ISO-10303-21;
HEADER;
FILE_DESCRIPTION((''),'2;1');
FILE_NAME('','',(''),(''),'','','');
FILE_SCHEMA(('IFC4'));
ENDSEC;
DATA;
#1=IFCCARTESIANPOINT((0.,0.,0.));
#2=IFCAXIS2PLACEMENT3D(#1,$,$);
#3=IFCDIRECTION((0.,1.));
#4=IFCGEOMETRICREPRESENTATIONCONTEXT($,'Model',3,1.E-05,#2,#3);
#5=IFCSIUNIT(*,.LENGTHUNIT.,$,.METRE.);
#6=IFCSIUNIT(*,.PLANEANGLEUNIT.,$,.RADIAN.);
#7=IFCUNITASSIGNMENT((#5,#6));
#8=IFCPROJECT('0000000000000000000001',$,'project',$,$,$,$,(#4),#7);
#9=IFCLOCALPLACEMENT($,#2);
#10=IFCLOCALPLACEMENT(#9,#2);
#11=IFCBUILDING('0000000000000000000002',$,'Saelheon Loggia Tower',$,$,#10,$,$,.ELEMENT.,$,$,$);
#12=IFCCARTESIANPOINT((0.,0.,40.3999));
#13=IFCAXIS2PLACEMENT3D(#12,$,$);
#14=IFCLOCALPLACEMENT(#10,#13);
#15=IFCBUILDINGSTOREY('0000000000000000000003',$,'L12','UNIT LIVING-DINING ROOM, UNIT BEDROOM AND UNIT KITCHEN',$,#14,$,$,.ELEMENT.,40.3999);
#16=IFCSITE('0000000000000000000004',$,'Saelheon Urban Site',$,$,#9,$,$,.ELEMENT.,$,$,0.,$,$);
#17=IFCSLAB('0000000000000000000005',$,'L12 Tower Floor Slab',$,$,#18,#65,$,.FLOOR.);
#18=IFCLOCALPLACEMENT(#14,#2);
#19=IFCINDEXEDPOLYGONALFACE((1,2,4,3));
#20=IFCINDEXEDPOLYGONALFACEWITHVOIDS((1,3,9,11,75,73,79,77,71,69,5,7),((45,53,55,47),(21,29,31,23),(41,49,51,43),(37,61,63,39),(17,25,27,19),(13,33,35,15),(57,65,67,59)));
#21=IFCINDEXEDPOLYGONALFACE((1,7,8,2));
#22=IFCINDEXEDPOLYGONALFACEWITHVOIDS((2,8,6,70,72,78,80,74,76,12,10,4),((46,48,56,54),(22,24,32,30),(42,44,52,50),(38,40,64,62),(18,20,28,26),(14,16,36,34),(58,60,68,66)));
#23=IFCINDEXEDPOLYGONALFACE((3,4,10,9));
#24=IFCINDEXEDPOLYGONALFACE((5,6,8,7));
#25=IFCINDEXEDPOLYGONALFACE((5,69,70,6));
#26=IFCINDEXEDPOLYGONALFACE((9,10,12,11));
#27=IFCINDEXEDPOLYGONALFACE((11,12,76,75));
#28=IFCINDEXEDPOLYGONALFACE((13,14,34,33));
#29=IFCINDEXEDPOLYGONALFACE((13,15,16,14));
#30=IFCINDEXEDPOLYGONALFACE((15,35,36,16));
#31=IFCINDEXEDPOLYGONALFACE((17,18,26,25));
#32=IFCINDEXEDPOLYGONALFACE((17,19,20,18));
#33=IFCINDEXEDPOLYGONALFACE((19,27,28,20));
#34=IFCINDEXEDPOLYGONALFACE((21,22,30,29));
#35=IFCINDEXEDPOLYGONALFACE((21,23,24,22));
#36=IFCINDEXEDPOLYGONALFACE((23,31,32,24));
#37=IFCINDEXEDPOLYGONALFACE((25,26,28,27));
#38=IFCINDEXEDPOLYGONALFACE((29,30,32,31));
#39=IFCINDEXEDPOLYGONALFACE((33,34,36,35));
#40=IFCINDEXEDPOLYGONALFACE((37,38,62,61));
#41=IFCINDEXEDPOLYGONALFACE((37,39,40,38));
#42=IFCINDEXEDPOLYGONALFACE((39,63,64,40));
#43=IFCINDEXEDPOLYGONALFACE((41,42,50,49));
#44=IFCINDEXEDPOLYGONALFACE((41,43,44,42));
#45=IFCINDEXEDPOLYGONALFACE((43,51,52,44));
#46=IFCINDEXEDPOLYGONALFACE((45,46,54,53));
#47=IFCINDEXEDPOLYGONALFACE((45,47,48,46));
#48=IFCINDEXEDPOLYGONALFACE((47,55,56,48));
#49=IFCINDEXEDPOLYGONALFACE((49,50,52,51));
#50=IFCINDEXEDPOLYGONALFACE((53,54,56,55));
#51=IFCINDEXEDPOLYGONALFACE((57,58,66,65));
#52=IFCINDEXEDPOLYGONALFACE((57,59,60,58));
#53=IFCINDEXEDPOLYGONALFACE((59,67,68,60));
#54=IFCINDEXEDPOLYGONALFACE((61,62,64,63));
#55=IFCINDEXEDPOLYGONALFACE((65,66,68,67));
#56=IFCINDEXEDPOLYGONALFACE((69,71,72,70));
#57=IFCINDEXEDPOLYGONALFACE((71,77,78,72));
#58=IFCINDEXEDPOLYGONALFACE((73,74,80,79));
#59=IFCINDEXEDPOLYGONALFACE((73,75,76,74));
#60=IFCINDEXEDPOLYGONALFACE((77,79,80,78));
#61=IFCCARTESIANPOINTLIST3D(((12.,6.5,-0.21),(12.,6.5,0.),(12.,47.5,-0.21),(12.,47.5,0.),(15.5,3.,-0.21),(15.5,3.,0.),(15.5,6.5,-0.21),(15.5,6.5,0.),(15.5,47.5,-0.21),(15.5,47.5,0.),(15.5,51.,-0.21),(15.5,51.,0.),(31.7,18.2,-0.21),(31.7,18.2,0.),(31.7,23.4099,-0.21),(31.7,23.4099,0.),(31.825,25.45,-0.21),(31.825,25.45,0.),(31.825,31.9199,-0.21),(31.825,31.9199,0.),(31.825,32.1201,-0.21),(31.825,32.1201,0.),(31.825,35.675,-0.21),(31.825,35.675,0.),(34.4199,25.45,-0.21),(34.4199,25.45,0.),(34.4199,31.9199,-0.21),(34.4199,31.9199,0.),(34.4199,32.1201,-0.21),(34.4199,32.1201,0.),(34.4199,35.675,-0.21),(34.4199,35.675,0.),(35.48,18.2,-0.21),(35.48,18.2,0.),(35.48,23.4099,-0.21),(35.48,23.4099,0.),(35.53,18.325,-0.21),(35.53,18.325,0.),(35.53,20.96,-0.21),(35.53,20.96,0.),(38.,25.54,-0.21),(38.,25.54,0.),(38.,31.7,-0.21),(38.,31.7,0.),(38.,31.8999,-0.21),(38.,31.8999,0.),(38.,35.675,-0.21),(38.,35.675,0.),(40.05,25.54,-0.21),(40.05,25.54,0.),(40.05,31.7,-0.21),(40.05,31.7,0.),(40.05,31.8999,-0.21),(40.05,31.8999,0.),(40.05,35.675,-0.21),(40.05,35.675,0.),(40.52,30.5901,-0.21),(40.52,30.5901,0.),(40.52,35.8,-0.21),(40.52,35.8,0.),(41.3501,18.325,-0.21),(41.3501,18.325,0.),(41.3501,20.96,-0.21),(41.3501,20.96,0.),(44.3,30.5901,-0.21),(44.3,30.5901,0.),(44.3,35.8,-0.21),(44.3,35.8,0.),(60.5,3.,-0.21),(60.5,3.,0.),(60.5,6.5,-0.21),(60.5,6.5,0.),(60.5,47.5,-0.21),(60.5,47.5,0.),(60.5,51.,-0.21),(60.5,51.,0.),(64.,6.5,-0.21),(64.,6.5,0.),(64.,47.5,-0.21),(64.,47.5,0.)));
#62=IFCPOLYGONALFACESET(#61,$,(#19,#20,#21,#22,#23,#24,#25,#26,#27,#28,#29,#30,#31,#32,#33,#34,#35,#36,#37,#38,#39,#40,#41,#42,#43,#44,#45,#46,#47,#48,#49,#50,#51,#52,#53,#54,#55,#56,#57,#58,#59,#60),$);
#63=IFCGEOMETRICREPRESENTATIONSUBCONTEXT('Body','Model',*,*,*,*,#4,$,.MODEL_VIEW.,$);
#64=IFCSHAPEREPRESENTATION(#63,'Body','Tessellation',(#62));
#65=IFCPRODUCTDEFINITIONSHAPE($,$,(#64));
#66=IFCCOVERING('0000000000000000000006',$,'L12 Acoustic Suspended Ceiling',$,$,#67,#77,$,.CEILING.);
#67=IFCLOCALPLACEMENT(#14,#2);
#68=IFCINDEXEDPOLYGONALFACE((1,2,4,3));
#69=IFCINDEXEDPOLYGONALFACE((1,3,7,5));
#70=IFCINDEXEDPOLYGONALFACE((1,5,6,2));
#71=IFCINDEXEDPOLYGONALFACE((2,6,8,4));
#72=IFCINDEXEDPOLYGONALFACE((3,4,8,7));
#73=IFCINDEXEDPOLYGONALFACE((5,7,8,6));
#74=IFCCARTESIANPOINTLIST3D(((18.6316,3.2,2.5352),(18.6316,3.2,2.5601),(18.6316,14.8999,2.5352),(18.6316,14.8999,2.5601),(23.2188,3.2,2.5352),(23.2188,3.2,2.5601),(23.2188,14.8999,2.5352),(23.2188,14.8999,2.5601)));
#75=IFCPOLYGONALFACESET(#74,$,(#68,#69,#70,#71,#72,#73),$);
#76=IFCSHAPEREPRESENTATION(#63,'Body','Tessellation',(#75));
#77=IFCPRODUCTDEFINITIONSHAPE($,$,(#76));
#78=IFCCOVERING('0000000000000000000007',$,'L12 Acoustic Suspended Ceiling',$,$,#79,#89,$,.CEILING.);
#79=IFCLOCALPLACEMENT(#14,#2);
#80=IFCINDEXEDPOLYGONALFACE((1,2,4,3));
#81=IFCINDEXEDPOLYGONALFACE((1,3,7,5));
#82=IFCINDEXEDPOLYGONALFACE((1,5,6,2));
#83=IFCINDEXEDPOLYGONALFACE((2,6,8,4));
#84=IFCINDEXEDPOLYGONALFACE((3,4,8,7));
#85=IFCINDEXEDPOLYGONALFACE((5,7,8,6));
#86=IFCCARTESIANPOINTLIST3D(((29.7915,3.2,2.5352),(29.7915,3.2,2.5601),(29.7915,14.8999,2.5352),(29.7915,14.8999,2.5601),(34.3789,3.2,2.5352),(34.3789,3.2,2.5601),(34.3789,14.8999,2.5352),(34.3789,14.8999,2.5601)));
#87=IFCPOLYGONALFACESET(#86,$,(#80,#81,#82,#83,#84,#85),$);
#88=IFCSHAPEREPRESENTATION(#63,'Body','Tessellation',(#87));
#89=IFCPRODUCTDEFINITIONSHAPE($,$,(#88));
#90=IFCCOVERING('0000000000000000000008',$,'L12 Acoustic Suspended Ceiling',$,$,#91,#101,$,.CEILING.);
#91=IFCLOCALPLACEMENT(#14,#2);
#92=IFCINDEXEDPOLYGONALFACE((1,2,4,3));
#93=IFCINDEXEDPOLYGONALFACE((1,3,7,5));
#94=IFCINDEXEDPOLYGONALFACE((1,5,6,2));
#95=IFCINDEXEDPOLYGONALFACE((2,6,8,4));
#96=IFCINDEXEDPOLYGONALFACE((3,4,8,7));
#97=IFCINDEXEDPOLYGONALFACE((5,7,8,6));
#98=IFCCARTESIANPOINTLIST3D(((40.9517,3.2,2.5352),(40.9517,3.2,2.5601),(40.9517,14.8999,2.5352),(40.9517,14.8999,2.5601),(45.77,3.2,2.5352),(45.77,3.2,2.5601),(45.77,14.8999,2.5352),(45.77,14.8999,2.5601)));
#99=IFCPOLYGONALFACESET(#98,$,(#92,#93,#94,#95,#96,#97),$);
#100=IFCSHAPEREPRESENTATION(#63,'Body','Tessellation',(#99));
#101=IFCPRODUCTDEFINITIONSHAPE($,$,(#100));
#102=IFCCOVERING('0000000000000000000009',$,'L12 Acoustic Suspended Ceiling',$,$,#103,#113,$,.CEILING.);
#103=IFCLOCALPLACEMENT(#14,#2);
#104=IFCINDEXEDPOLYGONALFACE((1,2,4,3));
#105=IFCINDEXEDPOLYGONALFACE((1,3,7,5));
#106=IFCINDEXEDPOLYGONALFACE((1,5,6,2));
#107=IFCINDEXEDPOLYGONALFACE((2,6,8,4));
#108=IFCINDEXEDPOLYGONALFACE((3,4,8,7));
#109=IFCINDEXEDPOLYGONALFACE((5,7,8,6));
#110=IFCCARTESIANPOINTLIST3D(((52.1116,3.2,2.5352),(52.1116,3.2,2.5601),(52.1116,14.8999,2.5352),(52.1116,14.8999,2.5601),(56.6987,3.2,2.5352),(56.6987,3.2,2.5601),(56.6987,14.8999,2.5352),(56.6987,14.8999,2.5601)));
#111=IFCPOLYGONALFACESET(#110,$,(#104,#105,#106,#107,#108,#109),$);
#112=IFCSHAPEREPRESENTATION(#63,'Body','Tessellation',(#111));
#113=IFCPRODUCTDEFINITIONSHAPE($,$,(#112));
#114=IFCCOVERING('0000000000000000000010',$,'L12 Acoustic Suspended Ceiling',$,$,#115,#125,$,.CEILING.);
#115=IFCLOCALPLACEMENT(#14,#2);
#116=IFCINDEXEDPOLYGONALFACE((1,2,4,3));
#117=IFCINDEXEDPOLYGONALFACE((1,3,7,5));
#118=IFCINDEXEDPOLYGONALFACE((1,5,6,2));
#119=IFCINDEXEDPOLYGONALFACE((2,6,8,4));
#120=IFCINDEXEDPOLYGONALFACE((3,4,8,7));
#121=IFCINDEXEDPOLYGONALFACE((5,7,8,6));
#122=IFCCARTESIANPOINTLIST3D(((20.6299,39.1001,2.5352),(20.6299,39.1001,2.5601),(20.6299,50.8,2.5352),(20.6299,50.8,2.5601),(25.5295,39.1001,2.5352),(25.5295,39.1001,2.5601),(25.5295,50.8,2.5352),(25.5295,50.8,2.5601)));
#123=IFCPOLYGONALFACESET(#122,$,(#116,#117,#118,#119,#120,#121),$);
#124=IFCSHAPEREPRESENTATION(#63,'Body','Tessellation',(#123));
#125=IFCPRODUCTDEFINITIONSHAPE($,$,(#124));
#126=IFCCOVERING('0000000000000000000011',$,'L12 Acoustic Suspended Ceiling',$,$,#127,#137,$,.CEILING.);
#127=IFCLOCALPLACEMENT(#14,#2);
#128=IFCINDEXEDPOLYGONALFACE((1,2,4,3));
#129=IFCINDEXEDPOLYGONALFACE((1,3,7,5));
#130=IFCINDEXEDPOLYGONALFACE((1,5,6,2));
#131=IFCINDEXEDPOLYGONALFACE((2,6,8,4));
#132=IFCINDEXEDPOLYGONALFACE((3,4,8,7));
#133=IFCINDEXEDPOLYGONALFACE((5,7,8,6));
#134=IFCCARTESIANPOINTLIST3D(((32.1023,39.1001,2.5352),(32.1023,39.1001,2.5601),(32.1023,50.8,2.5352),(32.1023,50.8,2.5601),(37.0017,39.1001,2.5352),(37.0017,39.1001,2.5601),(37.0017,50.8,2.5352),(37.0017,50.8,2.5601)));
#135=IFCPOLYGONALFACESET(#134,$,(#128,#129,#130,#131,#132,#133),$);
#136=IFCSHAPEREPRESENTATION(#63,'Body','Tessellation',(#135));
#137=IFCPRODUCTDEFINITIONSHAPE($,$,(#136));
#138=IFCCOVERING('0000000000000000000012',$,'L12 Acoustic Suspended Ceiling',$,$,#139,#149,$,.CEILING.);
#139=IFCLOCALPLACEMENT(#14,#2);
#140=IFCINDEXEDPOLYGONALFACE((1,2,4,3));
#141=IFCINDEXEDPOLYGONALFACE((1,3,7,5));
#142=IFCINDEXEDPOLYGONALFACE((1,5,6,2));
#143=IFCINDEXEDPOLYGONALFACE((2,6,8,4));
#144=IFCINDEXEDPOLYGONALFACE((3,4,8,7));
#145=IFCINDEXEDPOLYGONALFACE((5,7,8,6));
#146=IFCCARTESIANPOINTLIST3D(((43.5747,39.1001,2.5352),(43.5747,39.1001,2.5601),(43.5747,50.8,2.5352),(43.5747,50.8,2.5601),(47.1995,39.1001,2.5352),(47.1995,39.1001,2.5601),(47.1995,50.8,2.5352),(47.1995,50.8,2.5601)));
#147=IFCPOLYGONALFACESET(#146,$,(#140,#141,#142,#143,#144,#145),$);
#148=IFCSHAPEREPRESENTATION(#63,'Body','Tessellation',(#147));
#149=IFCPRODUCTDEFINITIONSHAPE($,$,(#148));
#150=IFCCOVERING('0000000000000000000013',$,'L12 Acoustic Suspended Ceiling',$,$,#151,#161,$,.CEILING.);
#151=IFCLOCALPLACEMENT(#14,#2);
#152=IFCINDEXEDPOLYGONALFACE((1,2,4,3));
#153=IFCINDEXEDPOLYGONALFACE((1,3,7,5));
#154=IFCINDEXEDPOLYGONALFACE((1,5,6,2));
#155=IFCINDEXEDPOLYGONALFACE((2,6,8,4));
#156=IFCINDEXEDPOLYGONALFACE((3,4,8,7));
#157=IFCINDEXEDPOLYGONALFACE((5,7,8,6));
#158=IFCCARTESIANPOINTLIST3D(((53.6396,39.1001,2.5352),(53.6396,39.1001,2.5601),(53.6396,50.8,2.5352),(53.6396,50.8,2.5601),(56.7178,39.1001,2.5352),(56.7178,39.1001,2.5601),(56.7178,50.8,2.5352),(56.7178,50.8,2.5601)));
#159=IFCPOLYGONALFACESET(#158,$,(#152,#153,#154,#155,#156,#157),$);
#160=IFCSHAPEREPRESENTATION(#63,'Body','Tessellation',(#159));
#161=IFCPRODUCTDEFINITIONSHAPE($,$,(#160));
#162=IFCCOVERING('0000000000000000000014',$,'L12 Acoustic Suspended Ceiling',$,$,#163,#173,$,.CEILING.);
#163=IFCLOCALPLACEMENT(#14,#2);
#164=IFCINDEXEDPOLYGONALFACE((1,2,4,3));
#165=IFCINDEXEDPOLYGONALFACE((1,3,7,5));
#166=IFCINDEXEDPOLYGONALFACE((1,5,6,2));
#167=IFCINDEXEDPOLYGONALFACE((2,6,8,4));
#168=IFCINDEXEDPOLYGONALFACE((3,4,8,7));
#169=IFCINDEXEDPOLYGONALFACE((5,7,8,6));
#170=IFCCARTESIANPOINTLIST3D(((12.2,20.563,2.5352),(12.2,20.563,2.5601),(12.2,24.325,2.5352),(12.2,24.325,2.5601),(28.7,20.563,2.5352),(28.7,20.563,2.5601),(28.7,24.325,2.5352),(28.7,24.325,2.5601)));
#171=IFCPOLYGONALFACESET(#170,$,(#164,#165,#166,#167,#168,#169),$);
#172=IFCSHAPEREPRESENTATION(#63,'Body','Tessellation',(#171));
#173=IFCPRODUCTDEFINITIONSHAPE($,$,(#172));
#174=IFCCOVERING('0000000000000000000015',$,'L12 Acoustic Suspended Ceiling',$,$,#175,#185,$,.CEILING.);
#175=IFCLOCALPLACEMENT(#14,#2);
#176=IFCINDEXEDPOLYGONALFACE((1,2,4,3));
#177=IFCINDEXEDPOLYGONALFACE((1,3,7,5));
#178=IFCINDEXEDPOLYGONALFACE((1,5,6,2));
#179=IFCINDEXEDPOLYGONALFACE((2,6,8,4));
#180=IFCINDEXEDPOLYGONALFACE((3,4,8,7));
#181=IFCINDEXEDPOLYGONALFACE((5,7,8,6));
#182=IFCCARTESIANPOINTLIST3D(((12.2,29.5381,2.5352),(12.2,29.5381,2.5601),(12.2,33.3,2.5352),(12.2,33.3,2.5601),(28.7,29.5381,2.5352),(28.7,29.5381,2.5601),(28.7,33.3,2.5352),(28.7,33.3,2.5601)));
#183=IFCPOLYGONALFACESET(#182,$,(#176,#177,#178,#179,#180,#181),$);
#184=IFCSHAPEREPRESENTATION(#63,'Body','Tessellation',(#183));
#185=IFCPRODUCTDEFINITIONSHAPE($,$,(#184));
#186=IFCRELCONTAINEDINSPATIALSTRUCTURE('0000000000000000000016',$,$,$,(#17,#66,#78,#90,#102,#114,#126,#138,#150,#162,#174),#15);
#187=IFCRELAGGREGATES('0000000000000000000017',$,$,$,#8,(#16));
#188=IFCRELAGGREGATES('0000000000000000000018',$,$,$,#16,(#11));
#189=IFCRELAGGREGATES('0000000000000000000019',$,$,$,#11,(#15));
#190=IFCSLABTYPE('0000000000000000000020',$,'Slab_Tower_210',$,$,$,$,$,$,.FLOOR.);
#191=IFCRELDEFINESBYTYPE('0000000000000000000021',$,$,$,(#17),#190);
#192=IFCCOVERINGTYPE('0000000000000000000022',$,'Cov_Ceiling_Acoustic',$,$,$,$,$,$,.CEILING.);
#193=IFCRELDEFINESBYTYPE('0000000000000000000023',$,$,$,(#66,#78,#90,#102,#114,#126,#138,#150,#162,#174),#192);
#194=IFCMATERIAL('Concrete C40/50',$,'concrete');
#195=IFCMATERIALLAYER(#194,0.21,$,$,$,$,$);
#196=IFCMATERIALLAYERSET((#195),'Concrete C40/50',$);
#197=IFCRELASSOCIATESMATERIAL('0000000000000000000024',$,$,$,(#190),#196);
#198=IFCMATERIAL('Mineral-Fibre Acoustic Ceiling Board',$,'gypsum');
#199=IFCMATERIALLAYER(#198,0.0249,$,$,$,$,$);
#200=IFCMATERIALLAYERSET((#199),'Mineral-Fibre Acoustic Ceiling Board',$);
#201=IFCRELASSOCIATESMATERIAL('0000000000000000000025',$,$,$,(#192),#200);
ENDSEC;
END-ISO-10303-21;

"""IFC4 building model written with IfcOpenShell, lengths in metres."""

from ifc_helpers import new_model, si_unit, direction, frame, origin, place, context, subcontext, project, spatial, polyline, outline, extrude, material, layer, layer_set, type_object, element, save


model = new_model("IFC4")

# Units and contexts
model_context = context("Model", 3, precision=1e-05, world=origin(), true_north=direction((0.0, 1.0)))
body_context = subcontext(model_context, "Body", "Model", "MODEL_VIEW")
ifc_project = project(units=[si_unit("LENGTHUNIT", "METRE"), si_unit("PLANEANGLEUNIT", "RADIAN")], contexts=[model_context])

# Site, building, storey
site_placement = place(None, origin())
site = spatial("IfcSite", under=ifc_project, at=site_placement, Name="Saelheon Urban Site", CompositionType="ELEMENT", RefElevation=0.0)
building_placement = place(site_placement, origin())
building = spatial("IfcBuilding", under=site, at=building_placement, Name="Saelheon Loggia Tower", CompositionType="ELEMENT")
storey_placement = place(building_placement, frame((0.0, 0.0, 40.3999)))
storey = spatial("IfcBuildingStorey", under=building, at=storey_placement, Name="L12", Description="UNIT LIVING-DINING ROOM, UNIT BEDROOM AND UNIT KITCHEN", CompositionType="ELEMENT", Elevation=40.3999)

# Shared definitions
ifc_material_1 = material(Name="Concrete C40/50", Category="concrete")

# Slab
ifc_layer_1 = layer(ifc_material_1, 0.21)
ifc_layer_set_1 = layer_set([ifc_layer_1], Name="Concrete C40/50")
slab_type_1 = type_object("IfcSlabType", Name="Slab_Tower_210", PredefinedType="FLOOR", material=ifc_layer_set_1)
slab_1_placement = place(storey_placement, frame((0.0, 0.0, -0.21)))
element("IfcSlab", 1, at=slab_1_placement, inside=storey, type_object=slab_type_1, Name="L12 Tower Floor Slab", PredefinedType="FLOOR", context=body_context, shape_type="SweptSolid", body=[
    extrude(outline(polyline([(15.5, 3.0), (60.5, 3.0), (60.5, 6.5), (64.0, 6.5), (64.0, 47.5), (60.5, 47.5), (60.5, 51.0), (15.5, 51.0), (15.5, 47.5), (12.0, 47.5), (12.0, 6.5), (15.5, 6.5), (15.5, 3.0)]), holes=[polyline([(31.7, 23.4099), (31.7, 18.2), (35.48, 18.2), (35.48, 23.4099), (31.7, 23.4099)]), polyline([(44.3, 30.5901), (44.3, 35.8), (40.52, 35.8), (40.52, 30.5901), (44.3, 30.5901)]), polyline([(35.53, 18.325), (41.3501, 18.325), (41.3501, 20.96), (35.53, 20.96), (35.53, 18.325)]), polyline([(31.825, 32.1201), (34.4199, 32.1201), (34.4199, 35.675), (31.825, 35.675), (31.825, 32.1201)]), polyline([(38.0, 31.8999), (40.05, 31.8999), (40.05, 35.675), (38.0, 35.675), (38.0, 31.8999)]), polyline([(31.825, 25.45), (34.4199, 25.45), (34.4199, 31.9199), (31.825, 31.9199), (31.825, 25.45)]), polyline([(38.0, 25.54), (40.05, 25.54), (40.05, 31.7), (38.0, 31.7), (38.0, 25.54)])]), origin(), (0.0, 0.0, 1.0), 0.21),
])

# Coverings
ifc_material_2 = material(Name="Mineral-Fibre Acoustic Ceiling Board", Category="gypsum")
ifc_layer_2 = layer(ifc_material_2, 0.0249)
ifc_layer_set_2 = layer_set([ifc_layer_2], Name="Mineral-Fibre Acoustic Ceiling Board")
covering_type = type_object("IfcCoveringType", Name="Cov_Ceiling_Acoustic", PredefinedType="CEILING", material=ifc_layer_set_2)
covering_1_placement = place(storey_placement, frame((0.0, 0.0, 2.5352)))
element("IfcCovering", 2, at=covering_1_placement, inside=storey, type_object=covering_type, Name="L12 Acoustic Suspended Ceiling", PredefinedType="CEILING", context=body_context, shape_type="SweptSolid", body=[
    extrude(outline(polyline([(18.6316, 3.2), (23.2188, 3.2), (23.2188, 14.8999), (18.6316, 14.8999), (18.6316, 3.2)])), origin(), (0.0, 0.0, 1.0), 0.0249),
])
covering_2_placement = place(storey_placement, frame((0.0, 0.0, 2.5352)))
element("IfcCovering", 3, at=covering_2_placement, inside=storey, type_object=covering_type, Name="L12 Acoustic Suspended Ceiling", PredefinedType="CEILING", context=body_context, shape_type="SweptSolid", body=[
    extrude(outline(polyline([(29.7915, 3.2), (34.3789, 3.2), (34.3789, 14.8999), (29.7915, 14.8999), (29.7915, 3.2)])), origin(), (0.0, 0.0, 1.0), 0.0249),
])
covering_3_placement = place(storey_placement, frame((0.0, 0.0, 2.5352)))
element("IfcCovering", 4, at=covering_3_placement, inside=storey, type_object=covering_type, Name="L12 Acoustic Suspended Ceiling", PredefinedType="CEILING", context=body_context, shape_type="SweptSolid", body=[
    extrude(outline(polyline([(40.9517, 3.2), (45.77, 3.2), (45.77, 14.8999), (40.9517, 14.8999), (40.9517, 3.2)])), origin(), (0.0, 0.0, 1.0), 0.0249),
])
covering_4_placement = place(storey_placement, frame((0.0, 0.0, 2.5352)))
element("IfcCovering", 5, at=covering_4_placement, inside=storey, type_object=covering_type, Name="L12 Acoustic Suspended Ceiling", PredefinedType="CEILING", context=body_context, shape_type="SweptSolid", body=[
    extrude(outline(polyline([(52.1116, 3.2), (56.6987, 3.2), (56.6987, 14.8999), (52.1116, 14.8999), (52.1116, 3.2)])), origin(), (0.0, 0.0, 1.0), 0.0249),
])
covering_5_placement = place(storey_placement, frame((0.0, 0.0, 2.5352)))
element("IfcCovering", 6, at=covering_5_placement, inside=storey, type_object=covering_type, Name="L12 Acoustic Suspended Ceiling", PredefinedType="CEILING", context=body_context, shape_type="SweptSolid", body=[
    extrude(outline(polyline([(20.6299, 39.1001), (25.5295, 39.1001), (25.5295, 50.8), (20.6299, 50.8), (20.6299, 39.1001)])), origin(), (0.0, 0.0, 1.0), 0.0249),
])
covering_6_placement = place(storey_placement, frame((0.0, 0.0, 2.5352)))
element("IfcCovering", 7, at=covering_6_placement, inside=storey, type_object=covering_type, Name="L12 Acoustic Suspended Ceiling", PredefinedType="CEILING", context=body_context, shape_type="SweptSolid", body=[
    extrude(outline(polyline([(32.1023, 39.1001), (37.0017, 39.1001), (37.0017, 50.8), (32.1023, 50.8), (32.1023, 39.1001)])), origin(), (0.0, 0.0, 1.0), 0.0249),
])
covering_7_placement = place(storey_placement, frame((0.0, 0.0, 2.5352)))
element("IfcCovering", 8, at=covering_7_placement, inside=storey, type_object=covering_type, Name="L12 Acoustic Suspended Ceiling", PredefinedType="CEILING", context=body_context, shape_type="SweptSolid", body=[
    extrude(outline(polyline([(43.5747, 39.1001), (47.1995, 39.1001), (47.1995, 50.8), (43.5747, 50.8), (43.5747, 39.1001)])), origin(), (0.0, 0.0, 1.0), 0.0249),
])
covering_8_placement = place(storey_placement, frame((0.0, 0.0, 2.5352)))
element("IfcCovering", 9, at=covering_8_placement, inside=storey, type_object=covering_type, Name="L12 Acoustic Suspended Ceiling", PredefinedType="CEILING", context=body_context, shape_type="SweptSolid", body=[
    extrude(outline(polyline([(53.6396, 39.1001), (56.7178, 39.1001), (56.7178, 50.8), (53.6396, 50.8), (53.6396, 39.1001)])), origin(), (0.0, 0.0, 1.0), 0.0249),
])
covering_9_placement = place(storey_placement, frame((0.0, 0.0, 2.5352)))
element("IfcCovering", 10, at=covering_9_placement, inside=storey, type_object=covering_type, Name="L12 Acoustic Suspended Ceiling", PredefinedType="CEILING", context=body_context, shape_type="SweptSolid", body=[
    extrude(outline(polyline([(12.2, 20.563), (28.7, 20.563), (28.7, 24.325), (12.2, 24.325), (12.2, 20.563)])), origin(), (0.0, 0.0, 1.0), 0.0249),
])
covering_10_placement = place(storey_placement, frame((0.0, 0.0, 2.5352)))
element("IfcCovering", 11, at=covering_10_placement, inside=storey, type_object=covering_type, Name="L12 Acoustic Suspended Ceiling", PredefinedType="CEILING", context=body_context, shape_type="SweptSolid", body=[
    extrude(outline(polyline([(12.2, 29.5381), (28.7, 29.5381), (28.7, 33.3), (12.2, 33.3), (12.2, 29.5381)])), origin(), (0.0, 0.0, 1.0), 0.0249),
])

save(model, "model.ifc")
